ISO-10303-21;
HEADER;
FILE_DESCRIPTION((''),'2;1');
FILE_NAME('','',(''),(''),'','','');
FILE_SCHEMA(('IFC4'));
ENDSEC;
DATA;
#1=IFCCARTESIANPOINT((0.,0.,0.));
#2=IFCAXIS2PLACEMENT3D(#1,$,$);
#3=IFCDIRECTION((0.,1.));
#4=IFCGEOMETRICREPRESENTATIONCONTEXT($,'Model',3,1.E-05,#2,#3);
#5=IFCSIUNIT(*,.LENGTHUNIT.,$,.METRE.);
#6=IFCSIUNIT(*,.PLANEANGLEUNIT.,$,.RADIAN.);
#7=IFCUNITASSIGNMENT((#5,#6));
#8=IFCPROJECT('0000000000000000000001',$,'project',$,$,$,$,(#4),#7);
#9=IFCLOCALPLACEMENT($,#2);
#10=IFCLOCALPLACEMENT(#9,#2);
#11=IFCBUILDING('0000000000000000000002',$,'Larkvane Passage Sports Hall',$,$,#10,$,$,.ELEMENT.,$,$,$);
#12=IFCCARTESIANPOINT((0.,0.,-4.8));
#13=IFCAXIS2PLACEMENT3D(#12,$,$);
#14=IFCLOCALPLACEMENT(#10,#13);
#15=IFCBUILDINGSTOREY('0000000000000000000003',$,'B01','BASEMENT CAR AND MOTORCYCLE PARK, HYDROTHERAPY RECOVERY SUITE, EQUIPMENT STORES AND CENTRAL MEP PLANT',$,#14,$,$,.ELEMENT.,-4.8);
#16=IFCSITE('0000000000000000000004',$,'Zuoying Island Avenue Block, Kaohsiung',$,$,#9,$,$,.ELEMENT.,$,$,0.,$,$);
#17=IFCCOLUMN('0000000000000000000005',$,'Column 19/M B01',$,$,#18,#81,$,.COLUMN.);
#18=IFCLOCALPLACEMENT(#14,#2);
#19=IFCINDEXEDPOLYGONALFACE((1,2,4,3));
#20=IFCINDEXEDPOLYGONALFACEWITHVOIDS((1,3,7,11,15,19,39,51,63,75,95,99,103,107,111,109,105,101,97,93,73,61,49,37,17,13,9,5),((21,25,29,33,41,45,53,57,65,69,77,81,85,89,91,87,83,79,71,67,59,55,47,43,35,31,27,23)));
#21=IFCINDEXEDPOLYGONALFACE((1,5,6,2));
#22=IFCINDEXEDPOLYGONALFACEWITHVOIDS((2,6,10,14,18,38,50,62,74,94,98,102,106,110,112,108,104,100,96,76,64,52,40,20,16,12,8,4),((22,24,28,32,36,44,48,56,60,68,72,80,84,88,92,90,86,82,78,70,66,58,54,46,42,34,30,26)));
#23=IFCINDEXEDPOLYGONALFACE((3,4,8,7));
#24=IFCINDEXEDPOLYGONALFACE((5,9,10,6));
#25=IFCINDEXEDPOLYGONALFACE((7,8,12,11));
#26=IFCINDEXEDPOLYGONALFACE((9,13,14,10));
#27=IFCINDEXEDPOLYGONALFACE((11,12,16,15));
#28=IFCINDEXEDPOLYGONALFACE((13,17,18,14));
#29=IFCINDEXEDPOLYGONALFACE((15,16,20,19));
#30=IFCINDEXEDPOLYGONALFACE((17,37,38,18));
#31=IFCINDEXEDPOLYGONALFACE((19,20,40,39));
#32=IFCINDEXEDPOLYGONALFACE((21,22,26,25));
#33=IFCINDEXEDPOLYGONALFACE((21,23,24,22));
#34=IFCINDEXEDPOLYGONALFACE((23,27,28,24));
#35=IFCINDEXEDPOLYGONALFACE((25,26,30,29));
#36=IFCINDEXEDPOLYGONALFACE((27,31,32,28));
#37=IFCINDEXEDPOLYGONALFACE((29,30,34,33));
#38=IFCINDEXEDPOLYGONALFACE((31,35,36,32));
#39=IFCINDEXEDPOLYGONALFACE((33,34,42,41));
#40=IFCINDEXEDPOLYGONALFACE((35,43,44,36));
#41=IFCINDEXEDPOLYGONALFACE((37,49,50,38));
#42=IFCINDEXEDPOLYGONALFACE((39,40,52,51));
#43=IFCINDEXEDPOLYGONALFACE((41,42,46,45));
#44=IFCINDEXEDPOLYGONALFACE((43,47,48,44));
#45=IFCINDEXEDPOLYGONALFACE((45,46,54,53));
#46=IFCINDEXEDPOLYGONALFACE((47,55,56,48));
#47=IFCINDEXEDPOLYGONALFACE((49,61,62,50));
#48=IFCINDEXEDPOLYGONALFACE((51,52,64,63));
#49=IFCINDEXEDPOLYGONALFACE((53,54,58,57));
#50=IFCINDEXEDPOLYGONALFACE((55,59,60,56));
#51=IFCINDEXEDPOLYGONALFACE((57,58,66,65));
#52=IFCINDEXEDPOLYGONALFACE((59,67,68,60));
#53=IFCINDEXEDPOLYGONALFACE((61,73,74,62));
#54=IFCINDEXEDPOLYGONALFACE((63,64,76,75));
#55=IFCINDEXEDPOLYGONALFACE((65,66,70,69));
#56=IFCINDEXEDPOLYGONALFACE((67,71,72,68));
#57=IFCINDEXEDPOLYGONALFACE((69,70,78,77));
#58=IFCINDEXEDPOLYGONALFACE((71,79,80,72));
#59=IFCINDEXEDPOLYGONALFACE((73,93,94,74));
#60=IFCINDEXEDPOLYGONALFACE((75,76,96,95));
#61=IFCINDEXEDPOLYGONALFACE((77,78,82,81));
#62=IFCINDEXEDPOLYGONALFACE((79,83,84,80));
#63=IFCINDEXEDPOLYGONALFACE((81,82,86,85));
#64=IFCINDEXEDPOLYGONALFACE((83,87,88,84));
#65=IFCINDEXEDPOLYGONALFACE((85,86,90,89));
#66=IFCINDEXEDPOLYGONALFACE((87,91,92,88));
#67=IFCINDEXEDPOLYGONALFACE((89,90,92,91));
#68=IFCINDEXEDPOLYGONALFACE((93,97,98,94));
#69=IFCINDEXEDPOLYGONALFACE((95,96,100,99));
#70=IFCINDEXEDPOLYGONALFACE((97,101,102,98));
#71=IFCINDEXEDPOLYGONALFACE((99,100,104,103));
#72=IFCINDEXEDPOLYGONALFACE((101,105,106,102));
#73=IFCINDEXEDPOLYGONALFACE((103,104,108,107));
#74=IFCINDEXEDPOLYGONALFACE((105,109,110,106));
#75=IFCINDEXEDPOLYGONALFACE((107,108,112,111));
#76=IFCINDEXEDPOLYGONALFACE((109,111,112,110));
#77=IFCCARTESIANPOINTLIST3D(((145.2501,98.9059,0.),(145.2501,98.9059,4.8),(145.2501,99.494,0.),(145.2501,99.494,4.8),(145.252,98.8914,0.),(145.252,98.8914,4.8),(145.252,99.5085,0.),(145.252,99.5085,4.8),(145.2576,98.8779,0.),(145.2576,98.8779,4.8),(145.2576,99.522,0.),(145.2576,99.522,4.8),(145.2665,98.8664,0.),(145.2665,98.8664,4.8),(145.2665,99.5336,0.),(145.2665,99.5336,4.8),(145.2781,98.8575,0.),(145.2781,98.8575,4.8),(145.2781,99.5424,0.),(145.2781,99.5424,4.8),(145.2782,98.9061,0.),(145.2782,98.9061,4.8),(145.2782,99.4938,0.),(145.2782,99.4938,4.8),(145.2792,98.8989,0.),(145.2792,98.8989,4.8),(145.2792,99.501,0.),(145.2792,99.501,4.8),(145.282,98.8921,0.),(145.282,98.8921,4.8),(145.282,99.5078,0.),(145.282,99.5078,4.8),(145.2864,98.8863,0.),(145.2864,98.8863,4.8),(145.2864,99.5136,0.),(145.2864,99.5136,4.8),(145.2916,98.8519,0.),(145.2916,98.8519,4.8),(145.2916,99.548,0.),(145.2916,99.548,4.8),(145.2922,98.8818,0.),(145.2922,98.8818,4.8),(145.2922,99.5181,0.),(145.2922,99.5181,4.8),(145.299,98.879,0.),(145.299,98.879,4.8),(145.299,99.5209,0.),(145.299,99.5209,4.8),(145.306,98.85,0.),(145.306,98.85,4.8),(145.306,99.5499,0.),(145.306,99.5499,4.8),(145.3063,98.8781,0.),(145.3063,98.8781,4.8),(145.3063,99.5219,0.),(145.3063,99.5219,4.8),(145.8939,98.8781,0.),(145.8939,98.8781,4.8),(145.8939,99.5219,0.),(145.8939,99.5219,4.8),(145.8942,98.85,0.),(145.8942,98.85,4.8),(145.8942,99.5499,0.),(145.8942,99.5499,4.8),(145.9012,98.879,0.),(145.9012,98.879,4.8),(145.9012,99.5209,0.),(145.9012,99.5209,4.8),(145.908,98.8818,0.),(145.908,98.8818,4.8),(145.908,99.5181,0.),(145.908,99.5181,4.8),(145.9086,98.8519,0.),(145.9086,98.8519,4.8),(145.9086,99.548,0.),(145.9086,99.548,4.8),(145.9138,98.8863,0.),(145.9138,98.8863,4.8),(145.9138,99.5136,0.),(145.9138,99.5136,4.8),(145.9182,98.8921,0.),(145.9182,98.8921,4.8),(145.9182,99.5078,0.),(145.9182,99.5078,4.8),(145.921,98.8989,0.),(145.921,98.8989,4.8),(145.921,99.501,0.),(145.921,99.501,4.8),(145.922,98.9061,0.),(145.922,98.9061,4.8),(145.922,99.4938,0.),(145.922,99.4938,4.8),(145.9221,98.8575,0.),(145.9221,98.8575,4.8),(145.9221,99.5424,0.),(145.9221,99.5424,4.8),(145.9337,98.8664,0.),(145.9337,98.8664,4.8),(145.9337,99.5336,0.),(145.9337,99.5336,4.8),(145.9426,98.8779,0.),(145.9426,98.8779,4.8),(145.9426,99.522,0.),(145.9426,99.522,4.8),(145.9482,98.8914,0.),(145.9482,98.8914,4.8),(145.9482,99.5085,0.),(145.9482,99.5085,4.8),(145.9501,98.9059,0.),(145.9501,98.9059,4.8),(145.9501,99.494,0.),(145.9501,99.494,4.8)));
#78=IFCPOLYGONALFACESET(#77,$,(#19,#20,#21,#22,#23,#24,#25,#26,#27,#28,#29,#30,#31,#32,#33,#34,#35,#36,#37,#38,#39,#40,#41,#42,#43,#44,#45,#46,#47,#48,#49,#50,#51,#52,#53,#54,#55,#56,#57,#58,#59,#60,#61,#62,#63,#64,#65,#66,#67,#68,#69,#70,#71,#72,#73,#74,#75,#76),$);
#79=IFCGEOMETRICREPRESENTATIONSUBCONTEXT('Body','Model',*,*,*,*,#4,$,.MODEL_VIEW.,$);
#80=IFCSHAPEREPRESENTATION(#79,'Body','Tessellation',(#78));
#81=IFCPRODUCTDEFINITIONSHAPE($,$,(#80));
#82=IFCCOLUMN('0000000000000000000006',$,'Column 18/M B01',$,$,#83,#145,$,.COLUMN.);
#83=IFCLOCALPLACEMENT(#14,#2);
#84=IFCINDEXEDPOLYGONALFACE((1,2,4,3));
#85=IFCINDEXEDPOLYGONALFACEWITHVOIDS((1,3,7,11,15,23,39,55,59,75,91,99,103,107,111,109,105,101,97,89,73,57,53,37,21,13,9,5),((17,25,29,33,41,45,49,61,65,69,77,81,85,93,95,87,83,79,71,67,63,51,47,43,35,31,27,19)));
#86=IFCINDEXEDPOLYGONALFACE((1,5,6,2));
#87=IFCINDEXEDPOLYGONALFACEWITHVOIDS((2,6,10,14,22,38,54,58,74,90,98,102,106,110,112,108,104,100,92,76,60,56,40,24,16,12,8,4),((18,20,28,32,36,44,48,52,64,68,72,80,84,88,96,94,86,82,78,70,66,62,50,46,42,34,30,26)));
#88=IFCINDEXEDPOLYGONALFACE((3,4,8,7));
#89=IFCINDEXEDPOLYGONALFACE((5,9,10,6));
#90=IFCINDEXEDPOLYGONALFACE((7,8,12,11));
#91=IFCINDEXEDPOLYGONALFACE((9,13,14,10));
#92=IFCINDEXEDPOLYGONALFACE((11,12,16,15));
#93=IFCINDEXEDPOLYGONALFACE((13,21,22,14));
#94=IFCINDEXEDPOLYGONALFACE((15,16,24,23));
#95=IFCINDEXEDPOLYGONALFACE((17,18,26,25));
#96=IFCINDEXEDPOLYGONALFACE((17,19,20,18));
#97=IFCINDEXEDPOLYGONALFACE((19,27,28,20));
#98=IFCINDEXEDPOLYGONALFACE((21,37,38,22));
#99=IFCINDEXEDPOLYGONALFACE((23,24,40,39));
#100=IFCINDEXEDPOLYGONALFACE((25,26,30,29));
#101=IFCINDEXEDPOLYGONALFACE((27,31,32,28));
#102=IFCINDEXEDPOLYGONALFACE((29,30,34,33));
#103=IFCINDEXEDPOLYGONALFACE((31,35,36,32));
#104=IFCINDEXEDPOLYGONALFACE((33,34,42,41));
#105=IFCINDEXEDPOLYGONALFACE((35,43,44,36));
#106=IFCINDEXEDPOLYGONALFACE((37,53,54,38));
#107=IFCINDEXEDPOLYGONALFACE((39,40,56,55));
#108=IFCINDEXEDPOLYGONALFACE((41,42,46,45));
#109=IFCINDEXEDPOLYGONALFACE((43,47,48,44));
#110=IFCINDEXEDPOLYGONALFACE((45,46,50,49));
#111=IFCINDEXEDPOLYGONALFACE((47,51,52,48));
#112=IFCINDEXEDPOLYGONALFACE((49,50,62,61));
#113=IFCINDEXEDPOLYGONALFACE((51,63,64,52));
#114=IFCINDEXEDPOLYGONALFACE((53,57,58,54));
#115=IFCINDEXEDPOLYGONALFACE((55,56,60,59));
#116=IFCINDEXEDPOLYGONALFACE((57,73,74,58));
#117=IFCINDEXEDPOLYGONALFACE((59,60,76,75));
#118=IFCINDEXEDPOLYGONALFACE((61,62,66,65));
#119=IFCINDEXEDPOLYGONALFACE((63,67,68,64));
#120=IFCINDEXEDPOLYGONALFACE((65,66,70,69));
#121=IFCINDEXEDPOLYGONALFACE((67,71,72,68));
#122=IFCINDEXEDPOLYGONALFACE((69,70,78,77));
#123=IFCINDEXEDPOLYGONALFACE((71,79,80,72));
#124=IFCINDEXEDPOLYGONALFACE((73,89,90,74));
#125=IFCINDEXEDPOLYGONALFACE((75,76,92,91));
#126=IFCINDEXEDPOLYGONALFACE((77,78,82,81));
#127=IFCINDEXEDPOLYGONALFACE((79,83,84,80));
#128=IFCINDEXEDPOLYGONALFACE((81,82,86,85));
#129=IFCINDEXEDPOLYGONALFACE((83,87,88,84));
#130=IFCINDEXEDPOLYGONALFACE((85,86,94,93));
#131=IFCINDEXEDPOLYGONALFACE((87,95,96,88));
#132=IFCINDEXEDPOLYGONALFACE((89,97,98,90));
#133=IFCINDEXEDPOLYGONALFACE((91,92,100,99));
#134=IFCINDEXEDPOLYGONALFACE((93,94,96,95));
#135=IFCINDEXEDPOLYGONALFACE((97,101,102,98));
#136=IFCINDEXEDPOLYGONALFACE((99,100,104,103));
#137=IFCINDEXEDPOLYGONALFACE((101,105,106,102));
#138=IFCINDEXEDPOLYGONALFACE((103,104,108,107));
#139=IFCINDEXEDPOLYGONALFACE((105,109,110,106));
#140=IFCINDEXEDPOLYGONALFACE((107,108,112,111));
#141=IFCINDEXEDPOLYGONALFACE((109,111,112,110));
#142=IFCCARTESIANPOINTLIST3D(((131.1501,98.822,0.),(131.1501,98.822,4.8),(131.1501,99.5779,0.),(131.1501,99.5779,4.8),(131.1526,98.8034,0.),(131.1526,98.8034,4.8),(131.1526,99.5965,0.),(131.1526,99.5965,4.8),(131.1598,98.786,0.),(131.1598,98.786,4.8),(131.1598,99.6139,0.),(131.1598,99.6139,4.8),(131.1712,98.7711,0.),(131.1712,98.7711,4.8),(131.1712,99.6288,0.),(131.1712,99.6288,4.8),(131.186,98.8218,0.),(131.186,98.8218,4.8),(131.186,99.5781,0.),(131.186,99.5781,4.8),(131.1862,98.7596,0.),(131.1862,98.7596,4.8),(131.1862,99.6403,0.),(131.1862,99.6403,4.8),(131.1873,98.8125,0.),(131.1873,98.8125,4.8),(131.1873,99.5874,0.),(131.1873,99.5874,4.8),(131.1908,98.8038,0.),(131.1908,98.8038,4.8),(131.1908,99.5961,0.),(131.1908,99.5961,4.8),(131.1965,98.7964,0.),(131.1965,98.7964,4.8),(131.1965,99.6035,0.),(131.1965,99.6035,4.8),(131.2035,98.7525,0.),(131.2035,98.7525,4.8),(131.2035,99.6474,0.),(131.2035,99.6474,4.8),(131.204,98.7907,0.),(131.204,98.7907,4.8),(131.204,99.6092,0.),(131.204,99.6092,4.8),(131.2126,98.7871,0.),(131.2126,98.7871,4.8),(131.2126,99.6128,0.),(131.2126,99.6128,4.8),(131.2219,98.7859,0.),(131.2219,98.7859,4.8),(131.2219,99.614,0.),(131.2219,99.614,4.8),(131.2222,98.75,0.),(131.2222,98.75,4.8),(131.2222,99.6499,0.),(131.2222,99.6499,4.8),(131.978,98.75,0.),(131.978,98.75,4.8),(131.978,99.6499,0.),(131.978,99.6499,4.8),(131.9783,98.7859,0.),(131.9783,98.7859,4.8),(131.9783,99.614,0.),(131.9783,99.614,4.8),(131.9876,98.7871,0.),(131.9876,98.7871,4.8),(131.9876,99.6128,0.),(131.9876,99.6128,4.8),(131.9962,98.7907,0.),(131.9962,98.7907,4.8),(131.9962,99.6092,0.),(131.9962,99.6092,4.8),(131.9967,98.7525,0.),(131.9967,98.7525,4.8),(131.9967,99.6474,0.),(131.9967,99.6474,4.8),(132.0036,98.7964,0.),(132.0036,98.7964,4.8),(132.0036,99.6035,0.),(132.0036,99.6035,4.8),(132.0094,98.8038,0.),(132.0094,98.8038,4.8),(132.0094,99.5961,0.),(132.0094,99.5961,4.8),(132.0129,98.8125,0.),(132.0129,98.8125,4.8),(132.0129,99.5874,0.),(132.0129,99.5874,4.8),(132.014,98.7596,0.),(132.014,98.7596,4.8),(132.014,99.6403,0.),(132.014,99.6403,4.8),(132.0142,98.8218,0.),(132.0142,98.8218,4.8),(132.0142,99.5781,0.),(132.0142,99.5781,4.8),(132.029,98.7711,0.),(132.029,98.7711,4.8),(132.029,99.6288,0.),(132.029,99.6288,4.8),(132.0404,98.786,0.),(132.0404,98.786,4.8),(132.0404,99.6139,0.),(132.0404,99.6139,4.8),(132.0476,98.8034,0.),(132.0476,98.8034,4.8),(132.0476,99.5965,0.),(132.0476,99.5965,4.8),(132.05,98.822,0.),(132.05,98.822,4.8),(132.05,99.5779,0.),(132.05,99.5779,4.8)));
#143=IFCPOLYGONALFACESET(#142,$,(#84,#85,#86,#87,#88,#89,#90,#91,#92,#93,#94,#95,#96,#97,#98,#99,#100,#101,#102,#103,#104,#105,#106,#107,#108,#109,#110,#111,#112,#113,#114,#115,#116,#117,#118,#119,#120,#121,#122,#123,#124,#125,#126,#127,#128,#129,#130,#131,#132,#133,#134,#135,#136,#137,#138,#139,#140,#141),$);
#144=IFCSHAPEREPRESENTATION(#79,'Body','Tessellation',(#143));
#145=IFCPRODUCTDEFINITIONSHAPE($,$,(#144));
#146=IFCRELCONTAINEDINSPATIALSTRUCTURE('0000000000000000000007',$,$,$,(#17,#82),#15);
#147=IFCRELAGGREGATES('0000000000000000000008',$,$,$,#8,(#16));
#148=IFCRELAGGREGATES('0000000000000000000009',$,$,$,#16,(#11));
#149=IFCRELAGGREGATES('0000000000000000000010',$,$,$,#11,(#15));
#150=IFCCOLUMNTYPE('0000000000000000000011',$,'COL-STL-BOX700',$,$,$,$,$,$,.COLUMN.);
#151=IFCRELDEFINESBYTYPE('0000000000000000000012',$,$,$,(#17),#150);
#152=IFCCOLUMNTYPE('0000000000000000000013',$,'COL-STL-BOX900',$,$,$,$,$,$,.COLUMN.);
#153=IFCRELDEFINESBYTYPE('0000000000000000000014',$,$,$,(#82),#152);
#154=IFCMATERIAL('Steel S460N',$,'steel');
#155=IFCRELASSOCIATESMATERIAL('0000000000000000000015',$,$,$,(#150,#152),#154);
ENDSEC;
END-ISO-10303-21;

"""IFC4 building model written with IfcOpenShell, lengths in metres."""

from ifc_helpers import new_model, si_unit, direction, frame, origin, origin_2d, place, context, subcontext, project, spatial, hollow_rectangle, extrude, material, material_profile, profile_set, type_object, element, save


model = new_model("IFC4")

# Units and contexts
model_context = context("Model", 3, precision=1e-05, world=origin(), true_north=direction((0.0, 1.0)))
body_context = subcontext(model_context, "Body", "Model", "MODEL_VIEW")
ifc_project = project(units=[si_unit("LENGTHUNIT", "METRE"), si_unit("PLANEANGLEUNIT", "RADIAN")], contexts=[model_context])

# Site, building, storey
site_placement = place(None, origin())
site = spatial("IfcSite", under=ifc_project, at=site_placement, Name="Zuoying Island Avenue Block, Kaohsiung", CompositionType="ELEMENT", RefElevation=0.0)
building_placement = place(site_placement, origin())
building = spatial("IfcBuilding", under=site, at=building_placement, Name="Larkvane Passage Sports Hall", CompositionType="ELEMENT")
storey_placement = place(building_placement, frame((0.0, 0.0, -4.8)))
storey = spatial("IfcBuildingStorey", under=building, at=storey_placement, Name="B01", Description="BASEMENT CAR AND MOTORCYCLE PARK, HYDROTHERAPY RECOVERY SUITE, EQUIPMENT STORES AND CENTRAL MEP PLANT", CompositionType="ELEMENT", Elevation=-4.8)

# Columns
ifc_material_1 = material(Name="Steel S460N", Category="steel")
ifc_material_profile_1 = material_profile(ifc_material_1, hollow_rectangle(XDim=0.7, YDim=0.7, WallThickness=0.0281, InnerFilletRadius=0.0281, OuterFilletRadius=0.0559, at=origin_2d()), Name="BOX-700x700x28")
ifc_profile_set_1 = profile_set([ifc_material_profile_1], Name="Steel S460N")
column_type_1 = type_object("IfcColumnType", Name="COL-STL-BOX700", PredefinedType="COLUMN", material=ifc_profile_set_1)
for number, where, z_axis, x_axis, name in (
    (1, (145.6001, 99.2, 0.0), (0.0, 0.0, 1.0), (1.0, 0.0, 0.0), "Column 19/M B01"),
):
    element("IfcColumn", number, at=place(storey_placement, frame(where, z_axis=z_axis, x_axis=x_axis)), inside=storey, type_object=column_type_1, Name=name, PredefinedType="COLUMN", context=body_context, shape_type="SweptSolid", body=[
        extrude(hollow_rectangle(XDim=0.7, YDim=0.7, WallThickness=0.0281, InnerFilletRadius=0.0281, OuterFilletRadius=0.0559, at=origin_2d()), origin(), (0.0, 0.0, 1.0), 4.8),
    ])
ifc_material_profile_2 = material_profile(ifc_material_1, hollow_rectangle(XDim=0.8999, YDim=0.8999, WallThickness=0.0359, InnerFilletRadius=0.0359, OuterFilletRadius=0.072, at=origin_2d()), Name="BOX-900x900x36")
ifc_profile_set_2 = profile_set([ifc_material_profile_2], Name="Steel S460N")
column_type_2 = type_object("IfcColumnType", Name="COL-STL-BOX900", PredefinedType="COLUMN", material=ifc_profile_set_2)
for number, where, z_axis, x_axis, name in (
    (2, (131.6001, 99.2, 0.0), (0.0, 0.0, 1.0), (1.0, 0.0, 0.0), "Column 18/M B01"),
):
    element("IfcColumn", number, at=place(storey_placement, frame(where, z_axis=z_axis, x_axis=x_axis)), inside=storey, type_object=column_type_2, Name=name, PredefinedType="COLUMN", context=body_context, shape_type="SweptSolid", body=[
        extrude(hollow_rectangle(XDim=0.8999, YDim=0.8999, WallThickness=0.0359, InnerFilletRadius=0.0359, OuterFilletRadius=0.072, at=origin_2d()), origin(), (0.0, 0.0, 1.0), 4.8),
    ])

save(model, "model.ifc")
